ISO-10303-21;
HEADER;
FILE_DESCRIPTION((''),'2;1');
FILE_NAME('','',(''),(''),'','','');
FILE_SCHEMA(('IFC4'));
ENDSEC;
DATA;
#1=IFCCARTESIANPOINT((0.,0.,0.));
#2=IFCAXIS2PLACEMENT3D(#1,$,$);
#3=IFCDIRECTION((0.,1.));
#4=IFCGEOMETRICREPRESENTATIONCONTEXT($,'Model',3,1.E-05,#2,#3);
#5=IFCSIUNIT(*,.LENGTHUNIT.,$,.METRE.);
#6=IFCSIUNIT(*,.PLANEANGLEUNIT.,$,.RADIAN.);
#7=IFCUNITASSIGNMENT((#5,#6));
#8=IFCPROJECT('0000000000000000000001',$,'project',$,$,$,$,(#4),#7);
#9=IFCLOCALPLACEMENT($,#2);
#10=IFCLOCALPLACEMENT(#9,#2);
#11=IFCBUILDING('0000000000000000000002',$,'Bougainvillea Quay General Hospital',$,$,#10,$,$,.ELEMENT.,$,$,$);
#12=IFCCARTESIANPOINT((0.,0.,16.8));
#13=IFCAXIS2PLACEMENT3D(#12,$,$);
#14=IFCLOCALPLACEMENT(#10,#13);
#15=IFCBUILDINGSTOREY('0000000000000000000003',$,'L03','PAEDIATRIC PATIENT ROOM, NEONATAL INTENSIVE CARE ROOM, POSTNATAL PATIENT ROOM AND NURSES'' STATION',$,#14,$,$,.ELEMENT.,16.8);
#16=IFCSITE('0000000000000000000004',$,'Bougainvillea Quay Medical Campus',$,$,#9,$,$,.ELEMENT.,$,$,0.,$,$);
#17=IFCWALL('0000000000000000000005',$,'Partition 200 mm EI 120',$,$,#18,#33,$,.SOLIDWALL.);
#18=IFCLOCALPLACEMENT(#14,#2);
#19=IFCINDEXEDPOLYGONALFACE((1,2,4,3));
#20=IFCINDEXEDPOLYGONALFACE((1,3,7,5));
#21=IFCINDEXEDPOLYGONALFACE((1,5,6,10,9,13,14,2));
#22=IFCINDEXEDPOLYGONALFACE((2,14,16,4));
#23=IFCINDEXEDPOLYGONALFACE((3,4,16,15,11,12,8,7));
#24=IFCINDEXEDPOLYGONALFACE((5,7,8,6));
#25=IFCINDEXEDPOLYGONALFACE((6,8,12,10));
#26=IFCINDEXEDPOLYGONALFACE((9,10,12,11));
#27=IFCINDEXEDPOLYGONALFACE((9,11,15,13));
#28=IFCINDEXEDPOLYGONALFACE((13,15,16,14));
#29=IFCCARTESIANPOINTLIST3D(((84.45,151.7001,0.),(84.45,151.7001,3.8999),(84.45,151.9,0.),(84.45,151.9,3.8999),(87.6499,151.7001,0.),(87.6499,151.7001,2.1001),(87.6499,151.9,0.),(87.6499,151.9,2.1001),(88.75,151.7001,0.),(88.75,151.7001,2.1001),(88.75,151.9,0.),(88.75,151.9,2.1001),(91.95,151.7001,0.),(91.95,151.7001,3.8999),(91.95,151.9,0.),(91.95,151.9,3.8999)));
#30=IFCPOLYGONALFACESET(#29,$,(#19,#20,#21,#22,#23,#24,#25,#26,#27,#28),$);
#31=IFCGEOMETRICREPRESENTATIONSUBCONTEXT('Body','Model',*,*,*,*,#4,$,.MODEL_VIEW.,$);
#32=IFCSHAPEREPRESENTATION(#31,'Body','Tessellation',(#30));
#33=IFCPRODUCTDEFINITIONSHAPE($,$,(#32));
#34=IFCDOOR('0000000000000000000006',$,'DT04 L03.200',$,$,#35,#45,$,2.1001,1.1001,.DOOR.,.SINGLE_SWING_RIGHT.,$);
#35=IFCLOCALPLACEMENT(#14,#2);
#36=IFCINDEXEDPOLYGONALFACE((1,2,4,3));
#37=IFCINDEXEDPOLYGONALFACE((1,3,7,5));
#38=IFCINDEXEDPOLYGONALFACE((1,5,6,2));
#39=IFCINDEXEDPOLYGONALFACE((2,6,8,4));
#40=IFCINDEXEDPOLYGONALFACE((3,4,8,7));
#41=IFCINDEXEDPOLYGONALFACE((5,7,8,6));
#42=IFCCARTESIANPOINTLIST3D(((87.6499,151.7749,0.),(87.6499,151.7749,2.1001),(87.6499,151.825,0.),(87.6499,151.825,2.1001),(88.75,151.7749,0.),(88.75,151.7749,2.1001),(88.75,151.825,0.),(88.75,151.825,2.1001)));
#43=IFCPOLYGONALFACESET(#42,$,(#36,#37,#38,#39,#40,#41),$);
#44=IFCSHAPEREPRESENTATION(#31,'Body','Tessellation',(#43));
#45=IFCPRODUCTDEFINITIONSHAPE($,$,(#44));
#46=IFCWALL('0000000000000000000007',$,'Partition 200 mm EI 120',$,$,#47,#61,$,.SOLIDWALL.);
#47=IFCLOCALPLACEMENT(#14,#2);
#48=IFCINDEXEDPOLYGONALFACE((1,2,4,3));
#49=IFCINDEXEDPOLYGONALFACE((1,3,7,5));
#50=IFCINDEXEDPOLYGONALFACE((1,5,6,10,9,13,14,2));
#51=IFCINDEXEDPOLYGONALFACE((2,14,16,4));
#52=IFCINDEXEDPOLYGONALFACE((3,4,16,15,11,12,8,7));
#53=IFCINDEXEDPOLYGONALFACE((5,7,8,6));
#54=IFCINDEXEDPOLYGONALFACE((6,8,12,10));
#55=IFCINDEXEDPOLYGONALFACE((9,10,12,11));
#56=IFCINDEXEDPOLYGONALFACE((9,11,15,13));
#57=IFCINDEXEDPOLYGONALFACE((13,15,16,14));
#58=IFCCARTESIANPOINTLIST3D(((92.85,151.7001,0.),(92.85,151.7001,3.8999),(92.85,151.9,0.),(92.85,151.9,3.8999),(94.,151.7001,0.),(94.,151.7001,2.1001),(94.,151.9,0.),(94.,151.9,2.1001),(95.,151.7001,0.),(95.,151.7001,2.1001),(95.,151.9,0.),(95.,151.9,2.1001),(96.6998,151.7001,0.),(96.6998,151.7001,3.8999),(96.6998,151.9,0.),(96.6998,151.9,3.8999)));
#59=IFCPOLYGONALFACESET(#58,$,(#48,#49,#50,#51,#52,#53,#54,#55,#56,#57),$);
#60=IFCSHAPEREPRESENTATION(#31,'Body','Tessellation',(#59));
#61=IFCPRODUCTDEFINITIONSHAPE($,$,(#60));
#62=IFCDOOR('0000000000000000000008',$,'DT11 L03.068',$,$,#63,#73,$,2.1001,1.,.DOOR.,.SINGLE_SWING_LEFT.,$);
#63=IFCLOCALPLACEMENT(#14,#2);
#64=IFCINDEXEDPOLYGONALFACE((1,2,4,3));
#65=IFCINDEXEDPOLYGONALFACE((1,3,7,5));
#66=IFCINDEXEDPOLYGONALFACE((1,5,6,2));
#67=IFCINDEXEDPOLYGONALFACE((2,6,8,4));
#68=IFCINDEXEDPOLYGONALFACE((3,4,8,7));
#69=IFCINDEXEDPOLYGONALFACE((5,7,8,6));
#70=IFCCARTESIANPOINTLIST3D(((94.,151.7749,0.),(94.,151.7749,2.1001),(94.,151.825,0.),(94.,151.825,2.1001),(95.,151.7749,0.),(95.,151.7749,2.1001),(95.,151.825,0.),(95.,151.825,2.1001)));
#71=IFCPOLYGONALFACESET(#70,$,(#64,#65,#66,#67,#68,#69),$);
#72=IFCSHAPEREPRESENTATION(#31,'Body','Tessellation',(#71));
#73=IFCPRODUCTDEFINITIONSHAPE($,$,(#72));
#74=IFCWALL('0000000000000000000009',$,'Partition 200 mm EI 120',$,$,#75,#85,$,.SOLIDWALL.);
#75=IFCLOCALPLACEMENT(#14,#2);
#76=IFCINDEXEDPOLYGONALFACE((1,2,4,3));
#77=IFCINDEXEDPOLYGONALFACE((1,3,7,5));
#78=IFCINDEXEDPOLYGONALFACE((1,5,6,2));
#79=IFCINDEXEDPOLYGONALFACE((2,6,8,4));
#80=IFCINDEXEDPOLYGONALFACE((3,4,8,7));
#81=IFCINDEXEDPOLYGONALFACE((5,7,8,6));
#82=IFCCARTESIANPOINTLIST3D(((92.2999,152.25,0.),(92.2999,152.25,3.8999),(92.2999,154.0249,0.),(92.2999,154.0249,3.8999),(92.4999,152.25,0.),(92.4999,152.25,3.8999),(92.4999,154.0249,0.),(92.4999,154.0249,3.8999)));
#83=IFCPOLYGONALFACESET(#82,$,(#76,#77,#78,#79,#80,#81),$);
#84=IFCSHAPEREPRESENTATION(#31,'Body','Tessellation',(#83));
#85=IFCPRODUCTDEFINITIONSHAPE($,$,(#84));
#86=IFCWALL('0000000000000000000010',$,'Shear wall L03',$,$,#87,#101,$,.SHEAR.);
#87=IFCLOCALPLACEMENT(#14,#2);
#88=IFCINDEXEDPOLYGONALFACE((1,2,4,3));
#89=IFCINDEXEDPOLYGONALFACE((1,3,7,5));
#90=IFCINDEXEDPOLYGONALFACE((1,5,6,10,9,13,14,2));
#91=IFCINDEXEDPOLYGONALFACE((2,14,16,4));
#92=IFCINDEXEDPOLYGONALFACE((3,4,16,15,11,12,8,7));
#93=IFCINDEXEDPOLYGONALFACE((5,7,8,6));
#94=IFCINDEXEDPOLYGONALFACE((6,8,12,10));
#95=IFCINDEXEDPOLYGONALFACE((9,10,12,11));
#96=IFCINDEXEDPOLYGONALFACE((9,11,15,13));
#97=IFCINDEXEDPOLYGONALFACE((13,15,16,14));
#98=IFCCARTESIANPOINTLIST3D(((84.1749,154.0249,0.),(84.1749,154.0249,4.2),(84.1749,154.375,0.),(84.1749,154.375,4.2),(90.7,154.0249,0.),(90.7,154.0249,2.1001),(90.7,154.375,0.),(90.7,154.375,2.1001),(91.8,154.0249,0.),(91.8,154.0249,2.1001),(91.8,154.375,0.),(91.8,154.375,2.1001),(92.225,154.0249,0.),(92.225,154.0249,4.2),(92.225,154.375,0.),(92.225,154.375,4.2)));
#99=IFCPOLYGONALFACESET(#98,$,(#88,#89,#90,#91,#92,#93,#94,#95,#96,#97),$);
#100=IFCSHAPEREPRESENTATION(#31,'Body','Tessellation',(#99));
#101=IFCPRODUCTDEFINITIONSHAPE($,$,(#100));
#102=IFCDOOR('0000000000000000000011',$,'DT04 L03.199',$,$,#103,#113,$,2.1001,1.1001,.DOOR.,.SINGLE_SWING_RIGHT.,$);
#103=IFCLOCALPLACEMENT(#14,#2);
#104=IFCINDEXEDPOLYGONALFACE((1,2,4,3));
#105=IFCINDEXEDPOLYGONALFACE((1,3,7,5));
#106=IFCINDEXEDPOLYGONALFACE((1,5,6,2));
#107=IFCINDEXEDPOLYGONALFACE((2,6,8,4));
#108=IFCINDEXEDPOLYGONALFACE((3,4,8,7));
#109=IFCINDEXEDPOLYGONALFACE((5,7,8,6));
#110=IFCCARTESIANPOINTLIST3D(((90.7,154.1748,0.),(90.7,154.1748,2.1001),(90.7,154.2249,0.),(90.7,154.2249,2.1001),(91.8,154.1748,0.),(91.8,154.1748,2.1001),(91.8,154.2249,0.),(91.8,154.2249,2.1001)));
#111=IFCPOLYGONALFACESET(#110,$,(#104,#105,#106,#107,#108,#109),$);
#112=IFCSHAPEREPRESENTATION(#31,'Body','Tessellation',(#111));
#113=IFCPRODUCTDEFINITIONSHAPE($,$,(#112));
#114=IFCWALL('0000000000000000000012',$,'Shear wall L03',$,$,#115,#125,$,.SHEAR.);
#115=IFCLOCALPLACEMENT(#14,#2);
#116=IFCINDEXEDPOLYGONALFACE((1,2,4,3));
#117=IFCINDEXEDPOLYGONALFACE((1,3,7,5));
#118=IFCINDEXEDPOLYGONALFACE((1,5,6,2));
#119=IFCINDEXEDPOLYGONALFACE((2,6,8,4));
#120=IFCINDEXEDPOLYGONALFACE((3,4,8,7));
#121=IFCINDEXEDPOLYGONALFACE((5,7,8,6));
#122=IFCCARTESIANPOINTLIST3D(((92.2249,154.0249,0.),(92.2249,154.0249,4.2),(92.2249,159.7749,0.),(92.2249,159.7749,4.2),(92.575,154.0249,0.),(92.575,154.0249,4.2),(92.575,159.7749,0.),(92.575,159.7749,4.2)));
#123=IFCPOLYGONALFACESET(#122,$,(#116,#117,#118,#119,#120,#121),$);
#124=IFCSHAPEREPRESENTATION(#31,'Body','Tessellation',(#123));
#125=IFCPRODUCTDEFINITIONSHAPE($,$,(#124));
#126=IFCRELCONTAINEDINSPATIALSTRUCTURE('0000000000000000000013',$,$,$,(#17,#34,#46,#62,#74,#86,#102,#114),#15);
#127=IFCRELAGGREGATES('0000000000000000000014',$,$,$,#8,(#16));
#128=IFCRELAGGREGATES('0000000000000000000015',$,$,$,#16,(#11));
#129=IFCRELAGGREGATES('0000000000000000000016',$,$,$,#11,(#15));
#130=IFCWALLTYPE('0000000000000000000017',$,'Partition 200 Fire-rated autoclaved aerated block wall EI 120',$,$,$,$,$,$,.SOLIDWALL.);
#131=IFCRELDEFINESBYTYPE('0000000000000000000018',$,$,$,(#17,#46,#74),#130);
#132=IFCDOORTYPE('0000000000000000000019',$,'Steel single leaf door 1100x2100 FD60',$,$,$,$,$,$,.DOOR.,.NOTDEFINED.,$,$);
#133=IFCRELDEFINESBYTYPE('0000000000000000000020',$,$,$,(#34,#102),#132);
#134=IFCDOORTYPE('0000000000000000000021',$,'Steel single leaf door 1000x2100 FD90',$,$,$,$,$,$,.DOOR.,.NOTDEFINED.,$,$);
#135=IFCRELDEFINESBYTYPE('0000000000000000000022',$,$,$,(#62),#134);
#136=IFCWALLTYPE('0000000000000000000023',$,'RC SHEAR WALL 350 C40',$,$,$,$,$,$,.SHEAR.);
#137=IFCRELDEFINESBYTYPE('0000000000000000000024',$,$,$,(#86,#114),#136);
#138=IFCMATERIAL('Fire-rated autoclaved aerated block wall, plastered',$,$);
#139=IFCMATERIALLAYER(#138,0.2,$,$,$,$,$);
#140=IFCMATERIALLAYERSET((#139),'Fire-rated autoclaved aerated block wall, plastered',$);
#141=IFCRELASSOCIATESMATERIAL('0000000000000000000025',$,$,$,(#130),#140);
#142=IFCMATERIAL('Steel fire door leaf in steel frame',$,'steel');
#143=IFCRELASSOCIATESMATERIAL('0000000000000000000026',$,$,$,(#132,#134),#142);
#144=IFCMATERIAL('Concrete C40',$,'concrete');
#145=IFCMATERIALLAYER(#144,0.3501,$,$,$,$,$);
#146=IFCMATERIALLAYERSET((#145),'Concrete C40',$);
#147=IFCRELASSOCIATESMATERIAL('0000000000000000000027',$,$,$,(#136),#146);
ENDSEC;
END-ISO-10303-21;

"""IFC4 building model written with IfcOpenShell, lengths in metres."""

from ifc_helpers import new_model, si_unit, direction, frame, frame_2d, origin, place, context, subcontext, project, spatial, rectangle, extrude, material, layer, layer_set, type_object, element, fill, save


model = new_model("IFC4")

# Units and contexts
model_context = context("Model", 3, precision=1e-05, world=origin(), true_north=direction((0.0, 1.0)))
body_context = subcontext(model_context, "Body", "Model", "MODEL_VIEW")
ifc_project = project(units=[si_unit("LENGTHUNIT", "METRE"), si_unit("PLANEANGLEUNIT", "RADIAN")], contexts=[model_context])

# Site, building, storey
site_placement = place(None, origin())
site = spatial("IfcSite", under=ifc_project, at=site_placement, Name="Bougainvillea Quay Medical Campus", CompositionType="ELEMENT", RefElevation=0.0)
building_placement = place(site_placement, origin())
building = spatial("IfcBuilding", under=site, at=building_placement, Name="Bougainvillea Quay General Hospital", CompositionType="ELEMENT")
storey_placement = place(building_placement, frame((0.0, 0.0, 16.8)))
storey = spatial("IfcBuildingStorey", under=building, at=storey_placement, Name="L03", Description="PAEDIATRIC PATIENT ROOM, NEONATAL INTENSIVE CARE ROOM, POSTNATAL PATIENT ROOM AND NURSES' STATION", CompositionType="ELEMENT", Elevation=16.8)

# Shared definitions
ifc_material_1 = material(Name="Concrete C40", Category="concrete")

# Walls, openings, doors
ifc_material_2 = material(Name="Fire-rated autoclaved aerated block wall, plastered")
ifc_layer_1 = layer(ifc_material_2, 0.2)
ifc_layer_set_1 = layer_set([ifc_layer_1], Name="Fire-rated autoclaved aerated block wall, plastered")
wall_type_1 = type_object("IfcWallType", Name="Partition 200 Fire-rated autoclaved aerated block wall EI 120", PredefinedType="SOLIDWALL", material=ifc_layer_set_1)
wall_1_placement = place(storey_placement, frame((84.45, 151.8, 0.0), z_axis=(0.0, 0.0, 1.0), x_axis=(1.0, 0.0, 0.0)))
wall_1 = element("IfcWall", 1, at=wall_1_placement, inside=storey, type_object=wall_type_1, Name="Partition 200 mm EI 120", PredefinedType="SOLIDWALL", context=body_context, shape_type="SweptSolid", body=[
    extrude(rectangle(XDim=7.5, YDim=0.2, at=frame_2d((3.75, 0.0))), origin(), (0.0, 0.0, 1.0), 3.8999),
])
opening_1_placement = place(wall_1_placement, frame((3.2, 0.0, 0.0)))
opening_1 = element("IfcOpeningElement", 2, at=opening_1_placement, cuts=wall_1, PredefinedType="OPENING", context=body_context, shape_type="SweptSolid", body=[
    extrude(rectangle(XDim=1.1001, YDim=2.1001, at=frame_2d((0.55, 1.05))), frame((0.0, 0.1099, 0.0), z_axis=(0.0, -1.0, 0.0), x_axis=(1.0, 0.0, 0.0)), (0.0, 0.0, 1.0), 0.22),
])
ifc_material_3 = material(Name="Steel fire door leaf in steel frame", Category="steel")
door_type_1 = type_object("IfcDoorType", Name="Steel single leaf door 1100x2100 FD60", OperationType="NOTDEFINED", PredefinedType="DOOR", material=ifc_material_3)
door_1_placement = place(opening_1_placement, origin())
door_1 = element("IfcDoor", 3, at=door_1_placement, inside=storey, type_object=door_type_1, Name="DT04 L03.200", OperationType="SINGLE_SWING_RIGHT", OverallHeight=2.1001, OverallWidth=1.1001, PredefinedType="DOOR", context=body_context, shape_type="SweptSolid", body=[
    extrude(rectangle(XDim=1.1001, YDim=2.1001, at=frame_2d((0.55, 1.05))), frame((0.0, 0.0249, 0.0), z_axis=(0.0, -1.0, 0.0), x_axis=(1.0, 0.0, 0.0)), (0.0, 0.0, 1.0), 0.05),
])
fill(opening_1, door_1)
wall_2_placement = place(storey_placement, frame((92.8501, 151.8, 0.0), z_axis=(0.0, 0.0, 1.0), x_axis=(1.0, 0.0, 0.0)))
wall_2 = element("IfcWall", 4, at=wall_2_placement, inside=storey, type_object=wall_type_1, Name="Partition 200 mm EI 120", PredefinedType="SOLIDWALL", context=body_context, shape_type="SweptSolid", body=[
    extrude(rectangle(XDim=3.8499, YDim=0.2, at=frame_2d((1.9248, 0.0))), origin(), (0.0, 0.0, 1.0), 3.8999),
])
opening_2_placement = place(wall_2_placement, frame((1.1499, 0.0, 0.0)))
opening_2 = element("IfcOpeningElement", 5, at=opening_2_placement, cuts=wall_2, PredefinedType="OPENING", context=body_context, shape_type="SweptSolid", body=[
    extrude(rectangle(XDim=1.0, YDim=2.1001, at=frame_2d((0.5, 1.05))), frame((0.0, 0.1099, 0.0), z_axis=(0.0, -1.0, 0.0), x_axis=(1.0, 0.0, 0.0)), (0.0, 0.0, 1.0), 0.22),
])
door_type_2 = type_object("IfcDoorType", Name="Steel single leaf door 1000x2100 FD90", OperationType="NOTDEFINED", PredefinedType="DOOR", material=ifc_material_3)
door_2_placement = place(opening_2_placement, origin())
door_2 = element("IfcDoor", 6, at=door_2_placement, inside=storey, type_object=door_type_2, Name="DT11 L03.068", OperationType="SINGLE_SWING_LEFT", OverallHeight=2.1001, OverallWidth=1.0, PredefinedType="DOOR", context=body_context, shape_type="SweptSolid", body=[
    extrude(rectangle(XDim=1.0, YDim=2.1001, at=frame_2d((0.5, 1.05))), frame((0.0, 0.0249, 0.0), z_axis=(0.0, -1.0, 0.0), x_axis=(1.0, 0.0, 0.0)), (0.0, 0.0, 1.0), 0.05),
])
fill(opening_2, door_2)

# Wall
wall_3_placement = place(storey_placement, frame((92.3999, 152.25, 0.0), z_axis=(0.0, 0.0, 1.0), x_axis=(0.0, 1.0, 0.0)))
element("IfcWall", 7, at=wall_3_placement, inside=storey, type_object=wall_type_1, Name="Partition 200 mm EI 120", PredefinedType="SOLIDWALL", context=body_context, shape_type="SweptSolid", body=[
    extrude(rectangle(XDim=1.7749, YDim=0.2, at=frame_2d((0.8875, 0.0))), origin(), (0.0, 0.0, 1.0), 3.8999),
])

# Wall, opening, door
ifc_layer_2 = layer(ifc_material_1, 0.3501)
ifc_layer_set_2 = layer_set([ifc_layer_2], Name="Concrete C40")
wall_type_2 = type_object("IfcWallType", Name="RC SHEAR WALL 350 C40", PredefinedType="SHEAR", material=ifc_layer_set_2)
wall_4_placement = place(storey_placement, frame((84.175, 154.2, 0.0), z_axis=(0.0, 0.0, 1.0), x_axis=(1.0, 0.0, 0.0)))
wall_4 = element("IfcWall", 8, at=wall_4_placement, inside=storey, type_object=wall_type_2, Name="Shear wall L03", PredefinedType="SHEAR", context=body_context, shape_type="SweptSolid", body=[
    extrude(rectangle(XDim=8.05, YDim=0.3501, at=frame_2d((4.0249, 0.0))), origin(), (0.0, 0.0, 1.0), 4.2),
])
opening_3_placement = place(wall_4_placement, frame((6.5249, 0.0, 0.0)))
opening_3 = element("IfcOpeningElement", 9, at=opening_3_placement, cuts=wall_4, PredefinedType="OPENING", context=body_context, shape_type="SweptSolid", body=[
    extrude(rectangle(XDim=1.1001, YDim=2.1001, at=frame_2d((0.55, 1.05))), frame((0.0, 0.1851, 0.0), z_axis=(0.0, -1.0, 0.0), x_axis=(1.0, 0.0, 0.0)), (0.0, 0.0, 1.0), 0.3701),
])
door_3_placement = place(opening_3_placement, origin())
door_3 = element("IfcDoor", 10, at=door_3_placement, inside=storey, type_object=door_type_1, Name="DT04 L03.199", OperationType="SINGLE_SWING_RIGHT", OverallHeight=2.1001, OverallWidth=1.1001, PredefinedType="DOOR", context=body_context, shape_type="SweptSolid", body=[
    extrude(rectangle(XDim=1.1001, YDim=2.1001, at=frame_2d((0.55, 1.05))), frame((0.0, 0.0249, 0.0), z_axis=(0.0, -1.0, 0.0), x_axis=(1.0, 0.0, 0.0)), (0.0, 0.0, 1.0), 0.05),
])
fill(opening_3, door_3)

# Wall
wall_5_placement = place(storey_placement, frame((92.3999, 154.0249, 0.0), z_axis=(0.0, 0.0, 1.0), x_axis=(0.0, 1.0, 0.0)))
element("IfcWall", 11, at=wall_5_placement, inside=storey, type_object=wall_type_2, Name="Shear wall L03", PredefinedType="SHEAR", context=body_context, shape_type="SweptSolid", body=[
    extrude(rectangle(XDim=5.75, YDim=0.3501, at=frame_2d((2.875, 0.0))), origin(), (0.0, 0.0, 1.0), 4.2),
])

save(model, "model.ifc")
